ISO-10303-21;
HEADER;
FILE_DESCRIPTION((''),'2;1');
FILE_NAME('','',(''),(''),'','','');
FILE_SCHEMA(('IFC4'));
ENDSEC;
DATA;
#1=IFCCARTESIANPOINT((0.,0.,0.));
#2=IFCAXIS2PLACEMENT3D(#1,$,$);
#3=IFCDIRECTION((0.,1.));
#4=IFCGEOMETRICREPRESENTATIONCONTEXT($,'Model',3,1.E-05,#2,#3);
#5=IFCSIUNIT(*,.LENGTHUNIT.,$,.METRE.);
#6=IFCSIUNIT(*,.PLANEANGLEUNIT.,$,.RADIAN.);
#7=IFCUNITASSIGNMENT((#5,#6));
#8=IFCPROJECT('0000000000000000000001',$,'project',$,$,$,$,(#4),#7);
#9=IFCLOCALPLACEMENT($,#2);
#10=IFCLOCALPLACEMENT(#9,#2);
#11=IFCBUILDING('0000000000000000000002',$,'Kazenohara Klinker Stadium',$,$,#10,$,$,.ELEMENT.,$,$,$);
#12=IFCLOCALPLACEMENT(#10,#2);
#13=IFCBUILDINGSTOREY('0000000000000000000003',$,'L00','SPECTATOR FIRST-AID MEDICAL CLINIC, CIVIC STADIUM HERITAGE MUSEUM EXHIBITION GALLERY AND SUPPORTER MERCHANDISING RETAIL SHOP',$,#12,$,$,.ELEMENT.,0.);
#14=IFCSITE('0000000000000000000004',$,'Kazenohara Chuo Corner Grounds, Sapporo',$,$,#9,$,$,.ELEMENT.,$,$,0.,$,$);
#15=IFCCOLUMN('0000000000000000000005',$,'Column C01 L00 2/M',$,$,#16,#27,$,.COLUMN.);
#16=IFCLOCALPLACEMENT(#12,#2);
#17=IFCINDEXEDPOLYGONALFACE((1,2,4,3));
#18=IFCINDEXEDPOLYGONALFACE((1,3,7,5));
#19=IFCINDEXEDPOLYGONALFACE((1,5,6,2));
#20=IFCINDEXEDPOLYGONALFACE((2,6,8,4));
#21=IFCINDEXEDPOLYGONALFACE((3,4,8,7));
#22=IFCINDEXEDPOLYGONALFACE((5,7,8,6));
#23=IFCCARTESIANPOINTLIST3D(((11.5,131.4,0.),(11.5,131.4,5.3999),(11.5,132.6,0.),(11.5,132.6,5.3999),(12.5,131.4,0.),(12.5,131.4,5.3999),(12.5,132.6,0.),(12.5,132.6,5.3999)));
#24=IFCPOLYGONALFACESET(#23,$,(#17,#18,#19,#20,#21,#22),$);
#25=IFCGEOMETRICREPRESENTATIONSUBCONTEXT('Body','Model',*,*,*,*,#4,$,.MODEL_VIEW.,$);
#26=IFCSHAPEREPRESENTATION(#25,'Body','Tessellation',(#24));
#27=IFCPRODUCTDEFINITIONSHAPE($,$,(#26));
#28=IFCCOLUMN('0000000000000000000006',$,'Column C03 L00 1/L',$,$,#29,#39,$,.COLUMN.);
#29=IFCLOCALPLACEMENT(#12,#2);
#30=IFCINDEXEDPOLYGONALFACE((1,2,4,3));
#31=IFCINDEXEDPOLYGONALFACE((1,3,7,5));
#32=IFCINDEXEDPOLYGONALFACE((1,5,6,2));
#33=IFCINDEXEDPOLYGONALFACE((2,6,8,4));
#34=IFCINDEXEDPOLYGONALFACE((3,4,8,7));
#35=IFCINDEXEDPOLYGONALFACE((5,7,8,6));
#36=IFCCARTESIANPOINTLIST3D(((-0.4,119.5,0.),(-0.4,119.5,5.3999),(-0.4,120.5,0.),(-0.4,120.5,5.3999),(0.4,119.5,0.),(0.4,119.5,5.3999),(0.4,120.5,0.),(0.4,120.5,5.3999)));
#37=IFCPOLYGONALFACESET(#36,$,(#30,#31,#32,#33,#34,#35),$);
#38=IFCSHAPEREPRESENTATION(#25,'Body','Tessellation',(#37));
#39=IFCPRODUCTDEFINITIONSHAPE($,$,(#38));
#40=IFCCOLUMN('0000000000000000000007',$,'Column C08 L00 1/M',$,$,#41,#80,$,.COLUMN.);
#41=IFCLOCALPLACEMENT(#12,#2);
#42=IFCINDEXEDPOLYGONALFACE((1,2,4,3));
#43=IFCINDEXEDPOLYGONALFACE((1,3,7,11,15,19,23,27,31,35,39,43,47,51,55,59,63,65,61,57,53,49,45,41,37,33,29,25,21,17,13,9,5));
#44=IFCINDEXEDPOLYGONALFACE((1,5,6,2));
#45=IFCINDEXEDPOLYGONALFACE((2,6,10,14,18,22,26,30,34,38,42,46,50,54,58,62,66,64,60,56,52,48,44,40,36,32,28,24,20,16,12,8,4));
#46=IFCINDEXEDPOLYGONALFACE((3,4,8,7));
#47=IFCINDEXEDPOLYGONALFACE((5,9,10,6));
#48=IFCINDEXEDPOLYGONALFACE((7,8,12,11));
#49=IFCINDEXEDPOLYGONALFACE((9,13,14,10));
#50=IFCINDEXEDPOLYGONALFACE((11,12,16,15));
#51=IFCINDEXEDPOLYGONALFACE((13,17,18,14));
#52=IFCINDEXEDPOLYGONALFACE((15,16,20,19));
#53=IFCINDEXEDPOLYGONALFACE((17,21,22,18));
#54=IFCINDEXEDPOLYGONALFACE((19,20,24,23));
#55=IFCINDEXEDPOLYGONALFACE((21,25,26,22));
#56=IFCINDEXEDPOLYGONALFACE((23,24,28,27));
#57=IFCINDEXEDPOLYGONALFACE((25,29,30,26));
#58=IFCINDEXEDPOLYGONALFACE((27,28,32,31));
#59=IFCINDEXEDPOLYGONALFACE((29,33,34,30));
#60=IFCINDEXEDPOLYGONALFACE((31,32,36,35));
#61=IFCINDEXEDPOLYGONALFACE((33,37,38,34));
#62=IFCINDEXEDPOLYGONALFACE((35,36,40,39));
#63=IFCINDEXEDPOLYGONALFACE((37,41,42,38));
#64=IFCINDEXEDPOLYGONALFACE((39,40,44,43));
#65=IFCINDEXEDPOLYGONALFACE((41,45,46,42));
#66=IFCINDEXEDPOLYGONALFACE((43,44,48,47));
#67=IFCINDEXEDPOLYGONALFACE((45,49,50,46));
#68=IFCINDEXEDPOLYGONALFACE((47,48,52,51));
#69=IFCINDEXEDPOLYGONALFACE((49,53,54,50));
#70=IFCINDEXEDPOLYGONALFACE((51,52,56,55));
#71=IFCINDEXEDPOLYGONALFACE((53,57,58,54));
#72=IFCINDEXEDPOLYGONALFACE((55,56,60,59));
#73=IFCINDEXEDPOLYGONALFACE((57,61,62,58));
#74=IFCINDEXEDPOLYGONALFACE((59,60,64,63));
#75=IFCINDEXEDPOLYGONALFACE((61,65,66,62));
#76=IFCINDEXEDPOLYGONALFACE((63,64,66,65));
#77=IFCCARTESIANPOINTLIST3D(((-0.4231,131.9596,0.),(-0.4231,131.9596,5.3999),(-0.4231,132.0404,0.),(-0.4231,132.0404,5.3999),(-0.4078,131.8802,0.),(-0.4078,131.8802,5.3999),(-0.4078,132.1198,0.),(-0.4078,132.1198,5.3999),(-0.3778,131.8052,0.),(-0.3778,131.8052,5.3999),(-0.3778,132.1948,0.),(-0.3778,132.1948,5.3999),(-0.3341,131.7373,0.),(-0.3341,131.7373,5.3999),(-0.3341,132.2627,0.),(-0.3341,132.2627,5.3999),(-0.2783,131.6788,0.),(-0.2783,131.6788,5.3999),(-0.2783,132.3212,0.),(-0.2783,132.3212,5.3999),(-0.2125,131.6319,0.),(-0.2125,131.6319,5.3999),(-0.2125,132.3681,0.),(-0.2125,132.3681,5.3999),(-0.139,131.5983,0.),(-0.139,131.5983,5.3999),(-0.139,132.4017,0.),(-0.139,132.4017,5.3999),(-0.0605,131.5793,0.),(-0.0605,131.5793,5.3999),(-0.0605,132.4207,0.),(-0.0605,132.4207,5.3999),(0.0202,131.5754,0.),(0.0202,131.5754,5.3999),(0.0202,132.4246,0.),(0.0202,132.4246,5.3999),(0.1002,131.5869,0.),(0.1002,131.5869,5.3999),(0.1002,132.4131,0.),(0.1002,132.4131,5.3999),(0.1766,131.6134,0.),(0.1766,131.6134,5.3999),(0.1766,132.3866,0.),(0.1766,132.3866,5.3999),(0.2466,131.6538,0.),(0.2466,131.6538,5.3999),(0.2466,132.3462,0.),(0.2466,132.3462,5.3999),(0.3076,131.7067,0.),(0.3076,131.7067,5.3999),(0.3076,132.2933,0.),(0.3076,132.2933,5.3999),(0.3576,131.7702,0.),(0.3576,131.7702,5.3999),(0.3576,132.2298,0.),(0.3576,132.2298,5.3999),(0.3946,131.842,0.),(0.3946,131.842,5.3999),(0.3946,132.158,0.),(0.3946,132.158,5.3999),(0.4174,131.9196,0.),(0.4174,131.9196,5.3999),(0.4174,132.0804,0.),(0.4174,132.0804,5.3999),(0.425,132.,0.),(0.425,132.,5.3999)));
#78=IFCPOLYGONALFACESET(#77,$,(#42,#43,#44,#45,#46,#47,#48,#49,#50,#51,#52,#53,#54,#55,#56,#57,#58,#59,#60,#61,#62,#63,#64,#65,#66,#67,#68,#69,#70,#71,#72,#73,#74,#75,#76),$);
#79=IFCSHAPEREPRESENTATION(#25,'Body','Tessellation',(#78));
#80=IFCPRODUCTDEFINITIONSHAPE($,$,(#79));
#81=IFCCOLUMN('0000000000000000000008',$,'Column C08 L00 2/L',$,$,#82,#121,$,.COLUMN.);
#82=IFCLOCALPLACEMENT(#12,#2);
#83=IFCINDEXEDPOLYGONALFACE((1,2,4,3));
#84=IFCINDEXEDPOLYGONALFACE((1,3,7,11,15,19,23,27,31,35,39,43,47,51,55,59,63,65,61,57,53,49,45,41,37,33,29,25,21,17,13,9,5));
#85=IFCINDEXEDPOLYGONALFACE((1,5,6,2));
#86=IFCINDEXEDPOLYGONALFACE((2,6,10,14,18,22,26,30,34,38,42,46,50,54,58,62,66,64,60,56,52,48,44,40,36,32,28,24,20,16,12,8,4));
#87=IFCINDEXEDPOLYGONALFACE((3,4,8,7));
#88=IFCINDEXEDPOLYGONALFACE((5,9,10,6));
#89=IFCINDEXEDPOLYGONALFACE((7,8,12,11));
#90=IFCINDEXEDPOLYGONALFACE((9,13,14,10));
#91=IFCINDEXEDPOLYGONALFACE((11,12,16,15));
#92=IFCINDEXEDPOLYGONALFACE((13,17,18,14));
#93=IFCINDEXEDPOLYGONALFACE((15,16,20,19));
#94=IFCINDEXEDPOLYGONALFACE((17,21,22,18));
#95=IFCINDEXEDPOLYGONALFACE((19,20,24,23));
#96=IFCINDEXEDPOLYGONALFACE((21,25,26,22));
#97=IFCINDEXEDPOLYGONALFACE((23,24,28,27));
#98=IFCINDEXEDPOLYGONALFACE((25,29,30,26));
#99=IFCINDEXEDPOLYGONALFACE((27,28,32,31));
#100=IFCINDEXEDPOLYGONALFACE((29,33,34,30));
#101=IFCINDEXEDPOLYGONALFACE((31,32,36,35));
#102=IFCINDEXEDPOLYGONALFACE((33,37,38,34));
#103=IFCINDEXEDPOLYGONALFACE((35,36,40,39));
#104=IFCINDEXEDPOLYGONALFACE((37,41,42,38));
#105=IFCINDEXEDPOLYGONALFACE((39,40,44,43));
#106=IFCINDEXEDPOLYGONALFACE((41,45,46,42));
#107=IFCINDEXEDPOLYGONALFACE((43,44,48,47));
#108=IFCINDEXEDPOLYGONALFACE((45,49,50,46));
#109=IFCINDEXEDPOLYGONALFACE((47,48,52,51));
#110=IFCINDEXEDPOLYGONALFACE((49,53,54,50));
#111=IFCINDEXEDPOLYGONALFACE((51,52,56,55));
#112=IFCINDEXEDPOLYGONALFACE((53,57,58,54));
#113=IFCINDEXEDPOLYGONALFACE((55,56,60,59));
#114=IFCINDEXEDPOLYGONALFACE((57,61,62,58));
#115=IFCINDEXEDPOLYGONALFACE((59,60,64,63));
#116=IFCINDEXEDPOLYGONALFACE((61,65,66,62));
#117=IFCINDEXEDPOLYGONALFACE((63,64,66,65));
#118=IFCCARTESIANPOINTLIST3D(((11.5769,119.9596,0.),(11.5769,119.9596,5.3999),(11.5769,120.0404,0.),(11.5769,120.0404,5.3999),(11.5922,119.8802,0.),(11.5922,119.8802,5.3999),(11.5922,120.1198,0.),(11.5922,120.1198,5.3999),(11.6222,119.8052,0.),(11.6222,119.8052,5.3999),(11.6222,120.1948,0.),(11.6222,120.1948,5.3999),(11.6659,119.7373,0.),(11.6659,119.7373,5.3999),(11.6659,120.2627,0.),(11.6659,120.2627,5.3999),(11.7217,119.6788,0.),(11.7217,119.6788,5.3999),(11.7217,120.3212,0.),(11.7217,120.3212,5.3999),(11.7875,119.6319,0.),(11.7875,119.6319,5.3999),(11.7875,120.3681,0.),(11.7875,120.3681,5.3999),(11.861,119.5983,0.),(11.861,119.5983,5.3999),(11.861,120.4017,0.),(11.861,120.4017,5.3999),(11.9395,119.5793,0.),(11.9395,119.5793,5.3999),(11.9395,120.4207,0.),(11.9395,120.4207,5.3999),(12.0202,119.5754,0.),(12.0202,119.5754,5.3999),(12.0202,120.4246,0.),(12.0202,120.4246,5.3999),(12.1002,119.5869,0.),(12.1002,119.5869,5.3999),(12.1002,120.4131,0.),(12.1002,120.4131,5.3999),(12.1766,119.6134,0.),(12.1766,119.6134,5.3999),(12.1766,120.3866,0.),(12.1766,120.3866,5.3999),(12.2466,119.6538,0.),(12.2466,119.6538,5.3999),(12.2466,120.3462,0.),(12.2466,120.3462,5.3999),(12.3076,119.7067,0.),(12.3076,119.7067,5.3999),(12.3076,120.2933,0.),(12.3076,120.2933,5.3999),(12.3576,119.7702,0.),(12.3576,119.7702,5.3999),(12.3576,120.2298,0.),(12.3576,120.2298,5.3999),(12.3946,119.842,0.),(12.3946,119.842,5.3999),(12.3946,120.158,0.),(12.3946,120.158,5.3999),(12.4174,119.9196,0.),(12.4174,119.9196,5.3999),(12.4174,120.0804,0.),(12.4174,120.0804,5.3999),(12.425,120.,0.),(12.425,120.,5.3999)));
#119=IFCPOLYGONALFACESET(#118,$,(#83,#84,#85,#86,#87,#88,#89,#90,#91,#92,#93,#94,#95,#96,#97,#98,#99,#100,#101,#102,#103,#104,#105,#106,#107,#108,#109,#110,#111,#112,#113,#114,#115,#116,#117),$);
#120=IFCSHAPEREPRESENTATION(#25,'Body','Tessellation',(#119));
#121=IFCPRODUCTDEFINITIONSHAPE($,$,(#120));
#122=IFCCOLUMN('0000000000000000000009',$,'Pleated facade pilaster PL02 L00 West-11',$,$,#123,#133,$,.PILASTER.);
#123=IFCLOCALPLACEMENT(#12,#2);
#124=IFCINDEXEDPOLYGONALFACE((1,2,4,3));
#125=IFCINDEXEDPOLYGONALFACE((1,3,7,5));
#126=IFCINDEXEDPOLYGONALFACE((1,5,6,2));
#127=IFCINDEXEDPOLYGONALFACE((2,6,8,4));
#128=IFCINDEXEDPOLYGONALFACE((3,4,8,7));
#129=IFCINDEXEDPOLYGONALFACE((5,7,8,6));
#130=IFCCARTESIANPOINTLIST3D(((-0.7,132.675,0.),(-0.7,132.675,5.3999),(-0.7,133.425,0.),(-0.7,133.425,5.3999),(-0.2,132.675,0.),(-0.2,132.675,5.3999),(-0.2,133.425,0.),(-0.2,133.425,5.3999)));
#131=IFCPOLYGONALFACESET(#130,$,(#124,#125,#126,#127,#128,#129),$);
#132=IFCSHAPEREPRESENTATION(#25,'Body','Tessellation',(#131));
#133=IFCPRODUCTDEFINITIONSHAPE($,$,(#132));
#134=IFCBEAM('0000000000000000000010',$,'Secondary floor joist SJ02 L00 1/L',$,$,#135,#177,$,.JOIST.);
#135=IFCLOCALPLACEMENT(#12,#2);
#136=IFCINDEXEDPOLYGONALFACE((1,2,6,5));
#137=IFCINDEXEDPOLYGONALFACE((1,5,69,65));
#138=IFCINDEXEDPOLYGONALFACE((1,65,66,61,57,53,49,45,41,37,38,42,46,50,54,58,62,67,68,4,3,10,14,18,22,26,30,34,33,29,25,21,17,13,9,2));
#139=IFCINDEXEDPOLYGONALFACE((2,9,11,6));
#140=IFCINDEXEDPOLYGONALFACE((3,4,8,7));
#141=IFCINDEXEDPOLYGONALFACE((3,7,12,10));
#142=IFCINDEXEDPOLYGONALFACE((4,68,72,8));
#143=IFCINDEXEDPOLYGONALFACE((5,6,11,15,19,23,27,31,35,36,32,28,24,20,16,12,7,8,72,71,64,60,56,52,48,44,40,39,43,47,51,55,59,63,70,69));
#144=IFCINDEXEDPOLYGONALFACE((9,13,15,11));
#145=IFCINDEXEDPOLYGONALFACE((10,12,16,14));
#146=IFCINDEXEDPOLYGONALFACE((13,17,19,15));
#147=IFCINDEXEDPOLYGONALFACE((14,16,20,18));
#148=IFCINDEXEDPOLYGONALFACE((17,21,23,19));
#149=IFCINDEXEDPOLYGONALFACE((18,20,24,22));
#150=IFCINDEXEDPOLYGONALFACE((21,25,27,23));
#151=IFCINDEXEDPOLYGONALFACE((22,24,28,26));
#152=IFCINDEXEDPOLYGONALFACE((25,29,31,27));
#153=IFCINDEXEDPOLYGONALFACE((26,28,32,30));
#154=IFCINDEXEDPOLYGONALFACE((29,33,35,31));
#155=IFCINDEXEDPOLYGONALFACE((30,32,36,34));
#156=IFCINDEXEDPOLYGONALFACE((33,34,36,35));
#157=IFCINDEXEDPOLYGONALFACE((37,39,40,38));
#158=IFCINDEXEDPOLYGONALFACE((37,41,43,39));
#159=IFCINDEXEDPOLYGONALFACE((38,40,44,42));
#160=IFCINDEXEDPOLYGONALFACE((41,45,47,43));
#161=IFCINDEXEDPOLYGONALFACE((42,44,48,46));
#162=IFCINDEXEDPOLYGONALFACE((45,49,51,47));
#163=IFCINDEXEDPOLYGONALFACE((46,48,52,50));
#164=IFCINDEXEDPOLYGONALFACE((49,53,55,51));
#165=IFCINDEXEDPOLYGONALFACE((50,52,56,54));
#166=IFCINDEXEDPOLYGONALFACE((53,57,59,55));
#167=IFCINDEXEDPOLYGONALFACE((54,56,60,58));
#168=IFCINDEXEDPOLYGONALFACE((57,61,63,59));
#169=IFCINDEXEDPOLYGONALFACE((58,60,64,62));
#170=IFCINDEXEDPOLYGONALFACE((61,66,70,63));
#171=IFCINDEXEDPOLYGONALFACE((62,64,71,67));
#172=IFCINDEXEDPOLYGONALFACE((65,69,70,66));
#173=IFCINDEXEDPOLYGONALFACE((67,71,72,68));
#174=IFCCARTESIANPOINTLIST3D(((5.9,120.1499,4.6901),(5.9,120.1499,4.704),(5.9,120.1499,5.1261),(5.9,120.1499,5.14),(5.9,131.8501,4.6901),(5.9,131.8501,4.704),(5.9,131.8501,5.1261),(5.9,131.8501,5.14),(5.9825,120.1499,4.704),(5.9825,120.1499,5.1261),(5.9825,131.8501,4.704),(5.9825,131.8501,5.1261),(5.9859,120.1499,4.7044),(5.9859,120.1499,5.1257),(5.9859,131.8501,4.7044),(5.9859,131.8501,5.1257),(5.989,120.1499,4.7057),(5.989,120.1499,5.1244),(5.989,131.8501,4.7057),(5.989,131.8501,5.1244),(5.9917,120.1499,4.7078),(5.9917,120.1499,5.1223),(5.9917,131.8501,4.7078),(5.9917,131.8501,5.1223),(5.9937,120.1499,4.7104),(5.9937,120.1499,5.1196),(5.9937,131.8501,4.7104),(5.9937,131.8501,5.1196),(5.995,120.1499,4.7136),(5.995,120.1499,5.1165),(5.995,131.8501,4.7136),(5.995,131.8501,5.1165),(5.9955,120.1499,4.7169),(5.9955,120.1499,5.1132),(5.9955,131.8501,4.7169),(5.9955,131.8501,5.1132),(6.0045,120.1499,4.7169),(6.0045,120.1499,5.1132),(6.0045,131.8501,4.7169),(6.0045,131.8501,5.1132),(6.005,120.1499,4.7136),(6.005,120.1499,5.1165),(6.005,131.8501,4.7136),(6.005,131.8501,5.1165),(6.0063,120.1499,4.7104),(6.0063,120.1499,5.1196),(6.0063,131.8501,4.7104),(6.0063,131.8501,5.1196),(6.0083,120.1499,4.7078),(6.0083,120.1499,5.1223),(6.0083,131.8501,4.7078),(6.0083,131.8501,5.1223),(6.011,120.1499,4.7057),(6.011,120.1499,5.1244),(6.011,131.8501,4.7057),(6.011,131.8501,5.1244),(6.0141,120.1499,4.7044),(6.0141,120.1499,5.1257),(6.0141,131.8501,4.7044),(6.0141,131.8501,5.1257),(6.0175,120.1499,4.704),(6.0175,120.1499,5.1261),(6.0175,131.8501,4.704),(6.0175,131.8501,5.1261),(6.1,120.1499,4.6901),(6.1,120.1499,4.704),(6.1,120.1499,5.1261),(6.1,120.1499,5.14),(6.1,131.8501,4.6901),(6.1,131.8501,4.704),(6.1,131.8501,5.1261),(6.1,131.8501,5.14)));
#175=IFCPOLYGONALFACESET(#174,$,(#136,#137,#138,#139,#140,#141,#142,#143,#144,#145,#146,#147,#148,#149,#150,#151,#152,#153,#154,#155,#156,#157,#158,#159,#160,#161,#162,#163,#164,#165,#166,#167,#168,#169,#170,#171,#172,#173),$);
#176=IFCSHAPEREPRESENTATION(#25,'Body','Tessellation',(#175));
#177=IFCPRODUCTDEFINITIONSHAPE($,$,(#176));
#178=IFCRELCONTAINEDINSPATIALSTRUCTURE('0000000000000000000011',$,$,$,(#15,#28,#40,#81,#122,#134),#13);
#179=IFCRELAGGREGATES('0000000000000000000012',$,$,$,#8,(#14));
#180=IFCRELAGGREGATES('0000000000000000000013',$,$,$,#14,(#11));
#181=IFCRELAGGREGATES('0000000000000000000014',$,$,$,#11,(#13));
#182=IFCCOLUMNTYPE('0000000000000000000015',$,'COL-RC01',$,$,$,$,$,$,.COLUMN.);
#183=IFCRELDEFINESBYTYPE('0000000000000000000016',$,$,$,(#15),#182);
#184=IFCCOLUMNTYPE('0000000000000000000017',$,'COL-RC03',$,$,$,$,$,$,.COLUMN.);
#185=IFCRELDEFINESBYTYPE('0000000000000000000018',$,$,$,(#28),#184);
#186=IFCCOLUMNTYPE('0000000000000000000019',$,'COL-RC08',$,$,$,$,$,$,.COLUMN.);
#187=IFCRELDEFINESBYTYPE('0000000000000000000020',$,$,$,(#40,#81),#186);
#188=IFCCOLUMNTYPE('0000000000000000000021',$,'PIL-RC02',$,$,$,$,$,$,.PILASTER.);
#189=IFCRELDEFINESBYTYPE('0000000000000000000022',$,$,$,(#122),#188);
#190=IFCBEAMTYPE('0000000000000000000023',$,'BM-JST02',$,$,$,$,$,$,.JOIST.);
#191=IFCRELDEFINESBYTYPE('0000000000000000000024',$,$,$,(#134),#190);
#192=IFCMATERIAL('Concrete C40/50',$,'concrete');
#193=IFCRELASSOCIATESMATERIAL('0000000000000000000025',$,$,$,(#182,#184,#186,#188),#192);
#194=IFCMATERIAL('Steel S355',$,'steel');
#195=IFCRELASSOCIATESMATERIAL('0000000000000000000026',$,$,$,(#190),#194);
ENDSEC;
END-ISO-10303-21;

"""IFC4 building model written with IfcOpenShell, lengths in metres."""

from ifc_helpers import new_model, si_unit, direction, frame, origin, origin_2d, place, context, subcontext, project, spatial, rectangle, circle, i_section, extrude, material, material_profile, profile_set, type_object, element, save


model = new_model("IFC4")

# Units and contexts
model_context = context("Model", 3, precision=1e-05, world=origin(), true_north=direction((0.0, 1.0)))
body_context = subcontext(model_context, "Body", "Model", "MODEL_VIEW")
ifc_project = project(units=[si_unit("LENGTHUNIT", "METRE"), si_unit("PLANEANGLEUNIT", "RADIAN")], contexts=[model_context])

# Site, building, storey
site_placement = place(None, origin())
site = spatial("IfcSite", under=ifc_project, at=site_placement, Name="Kazenohara Chuo Corner Grounds, Sapporo", CompositionType="ELEMENT", RefElevation=0.0)
building_placement = place(site_placement, origin())
building = spatial("IfcBuilding", under=site, at=building_placement, Name="Kazenohara Klinker Stadium", CompositionType="ELEMENT")
storey_placement = place(building_placement, origin())
storey = spatial("IfcBuildingStorey", under=building, at=storey_placement, Name="L00", Description="SPECTATOR FIRST-AID MEDICAL CLINIC, CIVIC STADIUM HERITAGE MUSEUM EXHIBITION GALLERY AND SUPPORTER MERCHANDISING RETAIL SHOP", CompositionType="ELEMENT", Elevation=0.0)

# Columns
ifc_material_1 = material(Name="Concrete C40/50", Category="concrete")
ifc_material_profile_1 = material_profile(ifc_material_1, rectangle(XDim=1.0, YDim=1.2, at=origin_2d()), Name="RC-COL-1200x1000")
ifc_profile_set_1 = profile_set([ifc_material_profile_1], Name="Concrete C40/50")
column_type_1 = type_object("IfcColumnType", Name="COL-RC01", PredefinedType="COLUMN", material=ifc_profile_set_1)
column_1_placement = place(storey_placement, frame((12.0, 132.0, 0.0), z_axis=(0.0, 0.0, 1.0), x_axis=(1.0, 0.0, 0.0)))
element("IfcColumn", 1, at=column_1_placement, inside=storey, type_object=column_type_1, Name="Column C01 L00 2/M", PredefinedType="COLUMN", context=body_context, shape_type="SweptSolid", body=[
    extrude(rectangle(XDim=1.0, YDim=1.2, at=origin_2d()), origin(), (0.0, 0.0, 1.0), 5.3999),
])
ifc_material_profile_2 = material_profile(ifc_material_1, rectangle(XDim=0.8, YDim=1.0, at=origin_2d()), Name="RC-COL-1000x800")
ifc_profile_set_2 = profile_set([ifc_material_profile_2], Name="Concrete C40/50")
column_type_2 = type_object("IfcColumnType", Name="COL-RC03", PredefinedType="COLUMN", material=ifc_profile_set_2)
column_2_placement = place(storey_placement, frame((0.0, 120.0, 0.0), z_axis=(0.0, 0.0, 1.0), x_axis=(1.0, 0.0, 0.0)))
element("IfcColumn", 2, at=column_2_placement, inside=storey, type_object=column_type_2, Name="Column C03 L00 1/L", PredefinedType="COLUMN", context=body_context, shape_type="SweptSolid", body=[
    extrude(rectangle(XDim=0.8, YDim=1.0, at=origin_2d()), origin(), (0.0, 0.0, 1.0), 5.3999),
])
ifc_material_profile_3 = material_profile(ifc_material_1, circle(Radius=0.425, at=origin_2d()), Name="RC-COL-D850")
ifc_profile_set_3 = profile_set([ifc_material_profile_3], Name="Concrete C40/50")
column_type_3 = type_object("IfcColumnType", Name="COL-RC08", PredefinedType="COLUMN", material=ifc_profile_set_3)
for number, where, z_axis, x_axis, name in (
    (3, (0.0, 132.0, 0.0), (0.0, 0.0, 1.0), (1.0, 0.0, 0.0), "Column C08 L00 1/M"),
    (4, (12.0, 120.0, 0.0), (0.0, 0.0, 1.0), (1.0, 0.0, 0.0), "Column C08 L00 2/L"),
):
    element("IfcColumn", number, at=place(storey_placement, frame(where, z_axis=z_axis, x_axis=x_axis)), inside=storey, type_object=column_type_3, Name=name, PredefinedType="COLUMN", context=body_context, shape_type="SweptSolid", body=[
        extrude(circle(Radius=0.425, at=origin_2d()), origin(), (0.0, 0.0, 1.0), 5.3999),
    ])
ifc_material_profile_4 = material_profile(ifc_material_1, rectangle(XDim=0.5, YDim=0.75, at=origin_2d()), Name="RC-PILASTER-500x750")
ifc_profile_set_4 = profile_set([ifc_material_profile_4], Name="Concrete C40/50")
column_type_4 = type_object("IfcColumnType", Name="PIL-RC02", PredefinedType="PILASTER", material=ifc_profile_set_4)
column_3_placement = place(storey_placement, frame((-0.45, 133.05, 0.0), z_axis=(0.0, 0.0, 1.0), x_axis=(1.0, 0.0, 0.0)))
element("IfcColumn", 5, at=column_3_placement, inside=storey, type_object=column_type_4, Name="Pleated facade pilaster PL02 L00 West-11", PredefinedType="PILASTER", context=body_context, shape_type="SweptSolid", body=[
    extrude(rectangle(XDim=0.5, YDim=0.75, at=origin_2d()), origin(), (0.0, 0.0, 1.0), 5.3999),
])

# Beam
ifc_material_2 = material(Name="Steel S355", Category="steel")
ifc_material_profile_5 = material_profile(ifc_material_2, i_section(OverallWidth=0.2, OverallDepth=0.45, WebThickness=0.009, FlangeThickness=0.0139, FilletRadius=0.0129, at=origin_2d()), Name="H-450x200x9x14")
ifc_profile_set_5 = profile_set([ifc_material_profile_5], Name="Steel S355")
beam_type_1 = type_object("IfcBeamType", Name="BM-JST02", PredefinedType="JOIST", material=ifc_profile_set_5)
beam_1_placement = place(storey_placement, frame((6.0, 120.1499, 4.915), z_axis=(0.0, 1.0, 0.0), x_axis=(-1.0, 0.0, 0.0)))
element("IfcBeam", 6, at=beam_1_placement, inside=storey, type_object=beam_type_1, Name="Secondary floor joist SJ02 L00 1/L", PredefinedType="JOIST", context=body_context, shape_type="SweptSolid", body=[
    extrude(i_section(OverallWidth=0.2, OverallDepth=0.45, WebThickness=0.009, FlangeThickness=0.0139, FilletRadius=0.0129, at=origin_2d()), origin(), (0.0, 0.0, 1.0), 11.7002),
])

save(model, "model.ifc")
